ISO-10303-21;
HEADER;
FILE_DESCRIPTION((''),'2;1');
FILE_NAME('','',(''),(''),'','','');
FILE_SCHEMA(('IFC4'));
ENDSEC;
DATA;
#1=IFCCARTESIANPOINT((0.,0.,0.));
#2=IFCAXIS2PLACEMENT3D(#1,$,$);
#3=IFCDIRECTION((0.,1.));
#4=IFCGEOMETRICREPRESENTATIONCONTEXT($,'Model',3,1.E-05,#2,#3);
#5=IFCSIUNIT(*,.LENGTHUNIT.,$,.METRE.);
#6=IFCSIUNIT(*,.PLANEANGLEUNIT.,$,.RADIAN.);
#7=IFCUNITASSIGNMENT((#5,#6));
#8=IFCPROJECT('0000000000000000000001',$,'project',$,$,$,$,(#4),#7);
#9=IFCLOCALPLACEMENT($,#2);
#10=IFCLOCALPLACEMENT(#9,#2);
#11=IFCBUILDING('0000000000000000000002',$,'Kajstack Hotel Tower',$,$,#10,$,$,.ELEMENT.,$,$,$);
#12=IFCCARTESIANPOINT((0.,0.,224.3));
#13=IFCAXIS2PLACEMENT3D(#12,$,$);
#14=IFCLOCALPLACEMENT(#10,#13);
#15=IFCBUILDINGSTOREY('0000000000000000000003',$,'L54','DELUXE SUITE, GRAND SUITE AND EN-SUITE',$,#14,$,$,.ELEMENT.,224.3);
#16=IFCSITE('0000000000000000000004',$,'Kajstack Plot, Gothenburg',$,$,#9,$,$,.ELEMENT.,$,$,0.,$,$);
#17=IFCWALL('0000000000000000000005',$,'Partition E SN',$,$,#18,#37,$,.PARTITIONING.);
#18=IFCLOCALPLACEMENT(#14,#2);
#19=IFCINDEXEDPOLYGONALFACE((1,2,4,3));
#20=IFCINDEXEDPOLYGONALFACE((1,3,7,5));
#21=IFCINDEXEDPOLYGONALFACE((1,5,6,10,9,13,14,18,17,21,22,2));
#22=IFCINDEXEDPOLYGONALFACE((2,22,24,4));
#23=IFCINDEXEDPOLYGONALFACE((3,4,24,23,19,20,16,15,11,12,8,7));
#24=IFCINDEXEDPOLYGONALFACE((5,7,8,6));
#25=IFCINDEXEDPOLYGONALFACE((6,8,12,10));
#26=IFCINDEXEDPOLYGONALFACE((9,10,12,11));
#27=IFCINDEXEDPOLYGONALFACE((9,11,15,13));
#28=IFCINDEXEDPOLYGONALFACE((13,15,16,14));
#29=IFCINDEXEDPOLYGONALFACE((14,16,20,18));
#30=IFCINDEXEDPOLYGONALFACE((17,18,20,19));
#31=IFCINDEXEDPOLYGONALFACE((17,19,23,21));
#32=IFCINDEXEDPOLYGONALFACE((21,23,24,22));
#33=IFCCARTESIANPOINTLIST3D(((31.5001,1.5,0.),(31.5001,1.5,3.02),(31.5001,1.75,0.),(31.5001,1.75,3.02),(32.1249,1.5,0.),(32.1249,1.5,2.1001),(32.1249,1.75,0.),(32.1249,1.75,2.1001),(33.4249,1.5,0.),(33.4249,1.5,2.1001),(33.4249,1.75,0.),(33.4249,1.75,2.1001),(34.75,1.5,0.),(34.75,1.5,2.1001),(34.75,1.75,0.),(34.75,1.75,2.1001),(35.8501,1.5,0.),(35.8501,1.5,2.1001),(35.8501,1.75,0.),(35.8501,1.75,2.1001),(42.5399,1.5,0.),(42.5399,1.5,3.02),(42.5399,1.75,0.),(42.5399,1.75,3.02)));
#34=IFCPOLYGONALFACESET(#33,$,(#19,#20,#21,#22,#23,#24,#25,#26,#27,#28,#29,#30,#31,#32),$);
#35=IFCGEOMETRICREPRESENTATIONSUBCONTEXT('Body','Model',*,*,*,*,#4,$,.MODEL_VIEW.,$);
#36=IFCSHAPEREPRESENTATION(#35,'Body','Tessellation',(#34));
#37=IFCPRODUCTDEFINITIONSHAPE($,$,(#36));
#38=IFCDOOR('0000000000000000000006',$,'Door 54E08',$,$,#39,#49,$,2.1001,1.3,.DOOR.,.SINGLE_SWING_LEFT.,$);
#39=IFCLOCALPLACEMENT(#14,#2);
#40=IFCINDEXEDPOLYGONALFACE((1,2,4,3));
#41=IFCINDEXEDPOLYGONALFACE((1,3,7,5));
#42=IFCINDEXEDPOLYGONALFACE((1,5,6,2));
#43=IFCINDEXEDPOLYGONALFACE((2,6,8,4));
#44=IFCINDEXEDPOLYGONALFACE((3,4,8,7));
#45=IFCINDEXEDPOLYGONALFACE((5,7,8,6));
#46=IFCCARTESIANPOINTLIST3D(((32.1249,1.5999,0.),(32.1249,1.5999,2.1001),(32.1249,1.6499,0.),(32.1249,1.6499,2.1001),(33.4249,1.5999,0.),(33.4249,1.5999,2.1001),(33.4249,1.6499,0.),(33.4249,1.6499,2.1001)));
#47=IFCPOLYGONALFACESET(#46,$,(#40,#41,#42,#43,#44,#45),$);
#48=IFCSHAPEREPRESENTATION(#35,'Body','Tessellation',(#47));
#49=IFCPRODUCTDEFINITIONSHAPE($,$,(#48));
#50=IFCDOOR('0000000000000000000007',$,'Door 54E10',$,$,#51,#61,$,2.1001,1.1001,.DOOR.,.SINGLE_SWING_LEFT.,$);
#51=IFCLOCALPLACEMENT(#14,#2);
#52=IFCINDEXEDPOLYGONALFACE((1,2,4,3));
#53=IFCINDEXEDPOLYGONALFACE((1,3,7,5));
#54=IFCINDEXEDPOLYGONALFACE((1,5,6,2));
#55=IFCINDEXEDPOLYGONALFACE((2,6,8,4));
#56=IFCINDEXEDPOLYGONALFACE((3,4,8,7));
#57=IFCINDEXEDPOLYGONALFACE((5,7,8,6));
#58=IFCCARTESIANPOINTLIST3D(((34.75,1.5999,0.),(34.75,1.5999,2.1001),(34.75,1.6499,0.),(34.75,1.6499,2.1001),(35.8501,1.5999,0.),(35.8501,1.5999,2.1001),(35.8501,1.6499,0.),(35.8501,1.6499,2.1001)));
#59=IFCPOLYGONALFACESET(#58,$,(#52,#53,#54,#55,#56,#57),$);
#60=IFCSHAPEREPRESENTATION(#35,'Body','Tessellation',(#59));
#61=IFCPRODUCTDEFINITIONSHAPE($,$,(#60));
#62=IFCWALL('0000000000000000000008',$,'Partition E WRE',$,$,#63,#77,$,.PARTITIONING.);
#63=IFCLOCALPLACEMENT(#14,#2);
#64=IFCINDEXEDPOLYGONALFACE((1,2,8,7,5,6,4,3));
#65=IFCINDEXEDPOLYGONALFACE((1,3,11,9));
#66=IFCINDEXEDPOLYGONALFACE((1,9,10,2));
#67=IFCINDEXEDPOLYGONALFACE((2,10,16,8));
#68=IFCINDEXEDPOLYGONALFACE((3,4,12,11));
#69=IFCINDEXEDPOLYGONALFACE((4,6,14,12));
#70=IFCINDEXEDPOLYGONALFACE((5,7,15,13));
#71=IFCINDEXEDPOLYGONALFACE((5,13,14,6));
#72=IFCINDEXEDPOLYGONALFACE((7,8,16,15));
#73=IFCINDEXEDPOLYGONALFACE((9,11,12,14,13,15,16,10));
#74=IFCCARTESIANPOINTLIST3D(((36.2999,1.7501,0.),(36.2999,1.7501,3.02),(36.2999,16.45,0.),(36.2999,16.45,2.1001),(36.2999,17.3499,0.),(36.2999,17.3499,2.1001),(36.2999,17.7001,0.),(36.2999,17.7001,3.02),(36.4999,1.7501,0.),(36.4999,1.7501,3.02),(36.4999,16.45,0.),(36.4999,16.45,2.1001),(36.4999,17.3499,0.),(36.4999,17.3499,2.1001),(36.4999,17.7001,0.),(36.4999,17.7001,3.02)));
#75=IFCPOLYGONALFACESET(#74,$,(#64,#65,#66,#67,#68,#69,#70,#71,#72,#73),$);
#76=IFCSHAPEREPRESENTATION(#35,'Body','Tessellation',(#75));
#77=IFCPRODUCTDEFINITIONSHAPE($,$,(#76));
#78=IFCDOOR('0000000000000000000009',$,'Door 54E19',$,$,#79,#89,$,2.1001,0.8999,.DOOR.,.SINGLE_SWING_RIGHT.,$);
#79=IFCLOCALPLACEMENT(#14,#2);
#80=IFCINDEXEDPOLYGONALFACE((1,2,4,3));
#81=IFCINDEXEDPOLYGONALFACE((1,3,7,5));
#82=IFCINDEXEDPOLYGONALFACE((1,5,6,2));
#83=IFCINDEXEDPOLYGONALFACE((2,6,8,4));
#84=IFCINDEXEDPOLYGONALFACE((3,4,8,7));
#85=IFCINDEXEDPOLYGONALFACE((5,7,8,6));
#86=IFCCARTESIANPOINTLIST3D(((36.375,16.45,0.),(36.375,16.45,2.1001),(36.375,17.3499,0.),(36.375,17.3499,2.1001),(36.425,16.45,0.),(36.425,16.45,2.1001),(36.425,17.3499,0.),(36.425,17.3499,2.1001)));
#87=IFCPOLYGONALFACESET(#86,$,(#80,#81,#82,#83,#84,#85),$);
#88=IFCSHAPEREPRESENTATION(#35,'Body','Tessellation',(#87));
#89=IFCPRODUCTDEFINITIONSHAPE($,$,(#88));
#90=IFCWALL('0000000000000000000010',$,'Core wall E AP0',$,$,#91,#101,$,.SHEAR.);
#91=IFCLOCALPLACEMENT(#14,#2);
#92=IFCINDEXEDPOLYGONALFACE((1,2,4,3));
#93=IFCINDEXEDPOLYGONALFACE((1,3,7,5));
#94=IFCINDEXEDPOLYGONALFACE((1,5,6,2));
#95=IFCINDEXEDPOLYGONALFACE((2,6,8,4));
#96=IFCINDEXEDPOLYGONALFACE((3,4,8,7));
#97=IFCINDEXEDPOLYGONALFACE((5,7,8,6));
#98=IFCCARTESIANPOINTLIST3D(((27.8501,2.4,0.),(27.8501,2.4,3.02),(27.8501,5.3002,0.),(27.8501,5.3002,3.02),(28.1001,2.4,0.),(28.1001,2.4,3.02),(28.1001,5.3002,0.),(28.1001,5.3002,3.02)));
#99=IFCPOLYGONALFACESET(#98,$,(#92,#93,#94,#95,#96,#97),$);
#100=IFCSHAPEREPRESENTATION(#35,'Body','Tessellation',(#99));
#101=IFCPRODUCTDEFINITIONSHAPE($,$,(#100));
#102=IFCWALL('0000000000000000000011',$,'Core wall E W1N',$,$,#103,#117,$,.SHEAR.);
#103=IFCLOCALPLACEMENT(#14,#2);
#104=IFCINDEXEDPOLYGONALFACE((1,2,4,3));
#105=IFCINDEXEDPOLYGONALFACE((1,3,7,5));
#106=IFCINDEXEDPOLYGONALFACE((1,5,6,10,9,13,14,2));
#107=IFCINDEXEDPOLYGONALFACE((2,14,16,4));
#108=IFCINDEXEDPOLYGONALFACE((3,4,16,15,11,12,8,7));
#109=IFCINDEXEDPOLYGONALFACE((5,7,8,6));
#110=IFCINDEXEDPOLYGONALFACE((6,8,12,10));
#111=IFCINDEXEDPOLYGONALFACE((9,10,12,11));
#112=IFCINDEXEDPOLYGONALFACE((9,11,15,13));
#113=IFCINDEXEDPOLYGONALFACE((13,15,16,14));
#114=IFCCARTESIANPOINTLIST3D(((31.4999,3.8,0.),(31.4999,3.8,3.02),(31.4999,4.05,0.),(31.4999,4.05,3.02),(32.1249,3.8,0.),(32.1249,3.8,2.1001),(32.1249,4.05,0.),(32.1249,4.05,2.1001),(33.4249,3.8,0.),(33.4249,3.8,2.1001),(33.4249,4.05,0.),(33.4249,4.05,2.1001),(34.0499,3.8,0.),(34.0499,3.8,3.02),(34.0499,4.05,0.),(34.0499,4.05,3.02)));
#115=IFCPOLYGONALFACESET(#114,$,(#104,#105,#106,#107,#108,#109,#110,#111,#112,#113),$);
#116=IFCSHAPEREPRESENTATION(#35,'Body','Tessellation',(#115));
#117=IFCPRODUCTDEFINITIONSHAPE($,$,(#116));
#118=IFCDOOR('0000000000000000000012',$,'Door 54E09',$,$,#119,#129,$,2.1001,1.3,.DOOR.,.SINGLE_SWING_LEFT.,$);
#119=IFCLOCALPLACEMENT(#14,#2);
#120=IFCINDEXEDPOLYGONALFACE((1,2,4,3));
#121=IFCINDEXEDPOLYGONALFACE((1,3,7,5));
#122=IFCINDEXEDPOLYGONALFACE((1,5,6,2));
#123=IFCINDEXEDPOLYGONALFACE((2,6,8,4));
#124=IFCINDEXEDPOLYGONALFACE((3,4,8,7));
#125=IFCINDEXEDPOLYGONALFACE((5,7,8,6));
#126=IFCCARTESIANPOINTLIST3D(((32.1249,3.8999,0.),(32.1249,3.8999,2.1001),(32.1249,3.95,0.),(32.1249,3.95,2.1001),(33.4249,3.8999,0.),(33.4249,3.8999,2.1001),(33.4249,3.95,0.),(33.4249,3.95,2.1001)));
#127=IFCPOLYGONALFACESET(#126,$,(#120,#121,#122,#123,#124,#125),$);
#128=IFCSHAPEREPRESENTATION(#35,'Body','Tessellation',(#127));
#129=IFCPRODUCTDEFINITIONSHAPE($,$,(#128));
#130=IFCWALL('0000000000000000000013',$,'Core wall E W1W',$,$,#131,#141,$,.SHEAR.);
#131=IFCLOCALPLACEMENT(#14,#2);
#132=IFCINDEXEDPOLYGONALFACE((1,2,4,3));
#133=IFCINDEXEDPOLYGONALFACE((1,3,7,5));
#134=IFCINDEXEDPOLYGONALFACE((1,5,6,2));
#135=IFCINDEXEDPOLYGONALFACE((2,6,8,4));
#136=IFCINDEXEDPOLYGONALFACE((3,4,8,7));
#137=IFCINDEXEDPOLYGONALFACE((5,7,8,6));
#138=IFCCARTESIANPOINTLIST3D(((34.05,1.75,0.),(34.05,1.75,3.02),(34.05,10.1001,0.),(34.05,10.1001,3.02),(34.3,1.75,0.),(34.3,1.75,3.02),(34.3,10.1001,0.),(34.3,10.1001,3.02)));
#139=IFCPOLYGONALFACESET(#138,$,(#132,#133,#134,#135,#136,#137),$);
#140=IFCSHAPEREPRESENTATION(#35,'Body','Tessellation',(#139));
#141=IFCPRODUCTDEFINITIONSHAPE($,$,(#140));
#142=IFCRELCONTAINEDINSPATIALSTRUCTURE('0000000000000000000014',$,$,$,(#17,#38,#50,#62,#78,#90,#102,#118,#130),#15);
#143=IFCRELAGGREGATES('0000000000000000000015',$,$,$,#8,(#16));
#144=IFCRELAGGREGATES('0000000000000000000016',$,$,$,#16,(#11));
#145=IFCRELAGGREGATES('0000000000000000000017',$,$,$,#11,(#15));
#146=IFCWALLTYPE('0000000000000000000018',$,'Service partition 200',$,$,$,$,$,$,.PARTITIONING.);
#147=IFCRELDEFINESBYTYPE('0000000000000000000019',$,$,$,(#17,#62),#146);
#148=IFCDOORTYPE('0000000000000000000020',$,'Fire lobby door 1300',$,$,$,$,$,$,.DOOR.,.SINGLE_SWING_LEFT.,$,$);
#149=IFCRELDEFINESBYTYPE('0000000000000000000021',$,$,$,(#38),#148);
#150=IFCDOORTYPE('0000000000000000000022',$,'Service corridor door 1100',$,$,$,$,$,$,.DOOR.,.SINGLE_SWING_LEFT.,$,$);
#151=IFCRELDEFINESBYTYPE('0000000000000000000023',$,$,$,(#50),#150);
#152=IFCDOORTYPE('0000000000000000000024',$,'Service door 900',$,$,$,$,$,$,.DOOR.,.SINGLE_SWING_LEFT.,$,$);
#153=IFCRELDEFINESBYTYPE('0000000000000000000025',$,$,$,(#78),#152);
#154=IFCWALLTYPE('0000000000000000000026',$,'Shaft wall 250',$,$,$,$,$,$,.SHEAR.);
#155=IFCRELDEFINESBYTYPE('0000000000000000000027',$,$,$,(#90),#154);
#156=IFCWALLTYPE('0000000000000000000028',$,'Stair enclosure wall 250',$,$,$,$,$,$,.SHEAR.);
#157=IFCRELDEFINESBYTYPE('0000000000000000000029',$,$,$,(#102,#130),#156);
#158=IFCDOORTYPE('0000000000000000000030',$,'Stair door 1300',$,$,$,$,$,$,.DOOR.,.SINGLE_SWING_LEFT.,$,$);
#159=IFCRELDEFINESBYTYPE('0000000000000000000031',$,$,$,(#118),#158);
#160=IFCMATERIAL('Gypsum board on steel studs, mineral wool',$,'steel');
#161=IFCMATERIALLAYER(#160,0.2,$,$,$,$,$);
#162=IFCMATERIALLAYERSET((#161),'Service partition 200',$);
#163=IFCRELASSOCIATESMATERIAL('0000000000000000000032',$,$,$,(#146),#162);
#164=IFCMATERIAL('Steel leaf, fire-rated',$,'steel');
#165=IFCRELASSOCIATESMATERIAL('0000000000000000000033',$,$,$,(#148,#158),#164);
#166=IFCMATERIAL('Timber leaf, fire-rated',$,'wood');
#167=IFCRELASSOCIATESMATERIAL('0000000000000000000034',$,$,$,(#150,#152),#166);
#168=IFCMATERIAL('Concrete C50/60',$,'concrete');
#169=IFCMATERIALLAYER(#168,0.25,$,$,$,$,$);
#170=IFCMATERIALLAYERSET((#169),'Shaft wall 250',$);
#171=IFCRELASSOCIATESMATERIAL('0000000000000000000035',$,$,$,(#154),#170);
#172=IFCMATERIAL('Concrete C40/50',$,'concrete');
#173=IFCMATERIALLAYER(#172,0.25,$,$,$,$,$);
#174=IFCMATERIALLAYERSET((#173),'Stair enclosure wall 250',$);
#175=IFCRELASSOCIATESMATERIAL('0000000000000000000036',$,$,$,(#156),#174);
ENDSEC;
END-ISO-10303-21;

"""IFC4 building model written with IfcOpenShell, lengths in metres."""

from ifc_helpers import new_model, si_unit, direction, frame, frame_2d, origin, place, context, subcontext, project, spatial, rectangle, extrude, material, layer, layer_set, type_object, element, fill, save


model = new_model("IFC4")

# Units and contexts
model_context = context("Model", 3, precision=1e-05, world=origin(), true_north=direction((0.0, 1.0)))
body_context = subcontext(model_context, "Body", "Model", "MODEL_VIEW")
ifc_project = project(units=[si_unit("LENGTHUNIT", "METRE"), si_unit("PLANEANGLEUNIT", "RADIAN")], contexts=[model_context])

# Site, building, storey
site_placement = place(None, origin())
site = spatial("IfcSite", under=ifc_project, at=site_placement, Name="Kajstack Plot, Gothenburg", CompositionType="ELEMENT", RefElevation=0.0)
building_placement = place(site_placement, origin())
building = spatial("IfcBuilding", under=site, at=building_placement, Name="Kajstack Hotel Tower", CompositionType="ELEMENT")
storey_placement = place(building_placement, frame((0.0, 0.0, 224.3)))
storey = spatial("IfcBuildingStorey", under=building, at=storey_placement, Name="L54", Description="DELUXE SUITE, GRAND SUITE AND EN-SUITE", CompositionType="ELEMENT", Elevation=224.3)

# Shared definitions
ifc_material_1 = material(Name="Concrete C50/60", Category="concrete")

# Wall, openings, doors
ifc_material_2 = material(Name="Gypsum board on steel studs, mineral wool", Category="steel")
ifc_layer_1 = layer(ifc_material_2, 0.2)
ifc_layer_set_1 = layer_set([ifc_layer_1], Name="Service partition 200")
wall_type_1 = type_object("IfcWallType", Name="Service partition 200", PredefinedType="PARTITIONING", material=ifc_layer_set_1)
wall_1_placement = place(storey_placement, frame((31.5, 1.625, 0.0), z_axis=(0.0, 0.0, 1.0), x_axis=(1.0, 0.0, 0.0)))
wall_1 = element("IfcWall", 1, at=wall_1_placement, inside=storey, type_object=wall_type_1, Name="Partition E SN", PredefinedType="PARTITIONING", context=body_context, shape_type="SweptSolid", body=[
    extrude(rectangle(XDim=11.0398, YDim=0.25, at=frame_2d((5.52, 0.0))), origin(), (0.0, 0.0, 1.0), 3.02),
])
opening_1_placement = place(wall_1_placement, frame((0.625, 0.0, 0.0)))
opening_1 = element("IfcOpeningElement", 2, at=opening_1_placement, cuts=wall_1, PredefinedType="OPENING", context=body_context, shape_type="SweptSolid", body=[
    extrude(rectangle(XDim=1.3, YDim=2.1001, at=frame_2d((0.6499, 1.05))), frame((0.0, 0.135, 0.0), z_axis=(0.0, -1.0, 0.0), x_axis=(1.0, 0.0, 0.0)), (0.0, 0.0, 1.0), 0.27),
])
opening_2_placement = place(wall_1_placement, frame((3.25, 0.0, 0.0)))
opening_2 = element("IfcOpeningElement", 3, at=opening_2_placement, cuts=wall_1, PredefinedType="OPENING", context=body_context, shape_type="SweptSolid", body=[
    extrude(rectangle(XDim=1.1001, YDim=2.1001, at=frame_2d((0.55, 1.05))), frame((0.0, 0.135, 0.0), z_axis=(0.0, -1.0, 0.0), x_axis=(1.0, 0.0, 0.0)), (0.0, 0.0, 1.0), 0.27),
])
ifc_material_3 = material(Name="Steel leaf, fire-rated", Category="steel")
door_type_1 = type_object("IfcDoorType", Name="Fire lobby door 1300", OperationType="SINGLE_SWING_LEFT", PredefinedType="DOOR", material=ifc_material_3)
door_1_placement = place(opening_1_placement, origin())
door_1 = element("IfcDoor", 4, at=door_1_placement, inside=storey, type_object=door_type_1, Name="Door 54E08", OperationType="SINGLE_SWING_LEFT", OverallHeight=2.1001, OverallWidth=1.3, PredefinedType="DOOR", context=body_context, shape_type="SweptSolid", body=[
    extrude(rectangle(XDim=1.3, YDim=2.1001, at=frame_2d((0.6499, 1.05))), frame((0.0, 0.0249, 0.0), z_axis=(0.0, -1.0, 0.0), x_axis=(1.0, 0.0, 0.0)), (0.0, 0.0, 1.0), 0.05),
])
fill(opening_1, door_1)
ifc_material_4 = material(Name="Timber leaf, fire-rated", Category="wood")
door_type_2 = type_object("IfcDoorType", Name="Service corridor door 1100", OperationType="SINGLE_SWING_LEFT", PredefinedType="DOOR", material=ifc_material_4)
door_2_placement = place(opening_2_placement, origin())
door_2 = element("IfcDoor", 5, at=door_2_placement, inside=storey, type_object=door_type_2, Name="Door 54E10", OperationType="SINGLE_SWING_LEFT", OverallHeight=2.1001, OverallWidth=1.1001, PredefinedType="DOOR", context=body_context, shape_type="SweptSolid", body=[
    extrude(rectangle(XDim=1.1001, YDim=2.1001, at=frame_2d((0.55, 1.05))), frame((0.0, 0.0249, 0.0), z_axis=(0.0, -1.0, 0.0), x_axis=(1.0, 0.0, 0.0)), (0.0, 0.0, 1.0), 0.05),
])
fill(opening_2, door_2)

# Wall, opening, door
wall_2_placement = place(storey_placement, frame((36.3999, 1.75, 0.0), z_axis=(0.0, 0.0, 1.0), x_axis=(0.0, 1.0, 0.0)))
wall_2 = element("IfcWall", 6, at=wall_2_placement, inside=storey, type_object=wall_type_1, Name="Partition E WRE", PredefinedType="PARTITIONING", context=body_context, shape_type="SweptSolid", body=[
    extrude(rectangle(XDim=15.95, YDim=0.2, at=frame_2d((7.9751, 0.0))), origin(), (0.0, 0.0, 1.0), 3.02),
])
opening_3_placement = place(wall_2_placement, frame((14.7, 0.0, 0.0)))
opening_3 = element("IfcOpeningElement", 7, at=opening_3_placement, cuts=wall_2, PredefinedType="OPENING", context=body_context, shape_type="SweptSolid", body=[
    extrude(rectangle(XDim=0.8999, YDim=2.1001, at=frame_2d((0.45, 1.05))), frame((0.0, 0.1099, 0.0), z_axis=(0.0, -1.0, 0.0), x_axis=(1.0, 0.0, 0.0)), (0.0, 0.0, 1.0), 0.22),
])
door_type_3 = type_object("IfcDoorType", Name="Service door 900", OperationType="SINGLE_SWING_LEFT", PredefinedType="DOOR", material=ifc_material_4)
door_3_placement = place(opening_3_placement, origin())
door_3 = element("IfcDoor", 8, at=door_3_placement, inside=storey, type_object=door_type_3, Name="Door 54E19", OperationType="SINGLE_SWING_RIGHT", OverallHeight=2.1001, OverallWidth=0.8999, PredefinedType="DOOR", context=body_context, shape_type="SweptSolid", body=[
    extrude(rectangle(XDim=0.8999, YDim=2.1001, at=frame_2d((0.45, 1.05))), frame((0.0, 0.0249, 0.0), z_axis=(0.0, -1.0, 0.0), x_axis=(1.0, 0.0, 0.0)), (0.0, 0.0, 1.0), 0.05),
])
fill(opening_3, door_3)

# Wall
ifc_layer_2 = layer(ifc_material_1, 0.25)
ifc_layer_set_2 = layer_set([ifc_layer_2], Name="Shaft wall 250")
wall_type_2 = type_object("IfcWallType", Name="Shaft wall 250", PredefinedType="SHEAR", material=ifc_layer_set_2)
wall_3_placement = place(storey_placement, frame((27.9751, 2.3999, 0.0), z_axis=(0.0, 0.0, 1.0), x_axis=(0.0, 1.0, 0.0)))
element("IfcWall", 9, at=wall_3_placement, inside=storey, type_object=wall_type_2, Name="Core wall E AP0", PredefinedType="SHEAR", context=body_context, shape_type="SweptSolid", body=[
    extrude(rectangle(XDim=2.9001, YDim=0.25, at=frame_2d((1.4502, 0.0))), origin(), (0.0, 0.0, 1.0), 3.02),
])

# Wall, opening, door
ifc_material_5 = material(Name="Concrete C40/50", Category="concrete")
ifc_layer_3 = layer(ifc_material_5, 0.25)
ifc_layer_set_3 = layer_set([ifc_layer_3], Name="Stair enclosure wall 250")
wall_type_3 = type_object("IfcWallType", Name="Stair enclosure wall 250", PredefinedType="SHEAR", material=ifc_layer_set_3)
wall_4_placement = place(storey_placement, frame((31.5, 3.925, 0.0), z_axis=(0.0, 0.0, 1.0), x_axis=(1.0, 0.0, 0.0)))
wall_4 = element("IfcWall", 10, at=wall_4_placement, inside=storey, type_object=wall_type_3, Name="Core wall E W1N", PredefinedType="SHEAR", context=body_context, shape_type="SweptSolid", body=[
    extrude(rectangle(XDim=2.55, YDim=0.25, at=frame_2d((1.2749, 0.0))), origin(), (0.0, 0.0, 1.0), 3.02),
])
opening_4_placement = place(wall_4_placement, frame((0.625, 0.0, 0.0)))
opening_4 = element("IfcOpeningElement", 11, at=opening_4_placement, cuts=wall_4, PredefinedType="OPENING", context=body_context, shape_type="SweptSolid", body=[
    extrude(rectangle(XDim=1.3, YDim=2.1001, at=frame_2d((0.6499, 1.05))), frame((0.0, 0.135, 0.0), z_axis=(0.0, -1.0, 0.0), x_axis=(1.0, 0.0, 0.0)), (0.0, 0.0, 1.0), 0.27),
])
door_type_4 = type_object("IfcDoorType", Name="Stair door 1300", OperationType="SINGLE_SWING_LEFT", PredefinedType="DOOR", material=ifc_material_3)
door_4_placement = place(opening_4_placement, origin())
door_4 = element("IfcDoor", 12, at=door_4_placement, inside=storey, type_object=door_type_4, Name="Door 54E09", OperationType="SINGLE_SWING_LEFT", OverallHeight=2.1001, OverallWidth=1.3, PredefinedType="DOOR", context=body_context, shape_type="SweptSolid", body=[
    extrude(rectangle(XDim=1.3, YDim=2.1001, at=frame_2d((0.6499, 1.05))), frame((0.0, 0.0249, 0.0), z_axis=(0.0, -1.0, 0.0), x_axis=(1.0, 0.0, 0.0)), (0.0, 0.0, 1.0), 0.05),
])
fill(opening_4, door_4)

# Wall
wall_5_placement = place(storey_placement, frame((34.175, 1.75, 0.0), z_axis=(0.0, 0.0, 1.0), x_axis=(0.0, 1.0, 0.0)))
element("IfcWall", 13, at=wall_5_placement, inside=storey, type_object=wall_type_3, Name="Core wall E W1W", PredefinedType="SHEAR", context=body_context, shape_type="SweptSolid", body=[
    extrude(rectangle(XDim=8.3501, YDim=0.25, at=frame_2d((4.175, 0.0))), origin(), (0.0, 0.0, 1.0), 3.02),
])

save(model, "model.ifc")
